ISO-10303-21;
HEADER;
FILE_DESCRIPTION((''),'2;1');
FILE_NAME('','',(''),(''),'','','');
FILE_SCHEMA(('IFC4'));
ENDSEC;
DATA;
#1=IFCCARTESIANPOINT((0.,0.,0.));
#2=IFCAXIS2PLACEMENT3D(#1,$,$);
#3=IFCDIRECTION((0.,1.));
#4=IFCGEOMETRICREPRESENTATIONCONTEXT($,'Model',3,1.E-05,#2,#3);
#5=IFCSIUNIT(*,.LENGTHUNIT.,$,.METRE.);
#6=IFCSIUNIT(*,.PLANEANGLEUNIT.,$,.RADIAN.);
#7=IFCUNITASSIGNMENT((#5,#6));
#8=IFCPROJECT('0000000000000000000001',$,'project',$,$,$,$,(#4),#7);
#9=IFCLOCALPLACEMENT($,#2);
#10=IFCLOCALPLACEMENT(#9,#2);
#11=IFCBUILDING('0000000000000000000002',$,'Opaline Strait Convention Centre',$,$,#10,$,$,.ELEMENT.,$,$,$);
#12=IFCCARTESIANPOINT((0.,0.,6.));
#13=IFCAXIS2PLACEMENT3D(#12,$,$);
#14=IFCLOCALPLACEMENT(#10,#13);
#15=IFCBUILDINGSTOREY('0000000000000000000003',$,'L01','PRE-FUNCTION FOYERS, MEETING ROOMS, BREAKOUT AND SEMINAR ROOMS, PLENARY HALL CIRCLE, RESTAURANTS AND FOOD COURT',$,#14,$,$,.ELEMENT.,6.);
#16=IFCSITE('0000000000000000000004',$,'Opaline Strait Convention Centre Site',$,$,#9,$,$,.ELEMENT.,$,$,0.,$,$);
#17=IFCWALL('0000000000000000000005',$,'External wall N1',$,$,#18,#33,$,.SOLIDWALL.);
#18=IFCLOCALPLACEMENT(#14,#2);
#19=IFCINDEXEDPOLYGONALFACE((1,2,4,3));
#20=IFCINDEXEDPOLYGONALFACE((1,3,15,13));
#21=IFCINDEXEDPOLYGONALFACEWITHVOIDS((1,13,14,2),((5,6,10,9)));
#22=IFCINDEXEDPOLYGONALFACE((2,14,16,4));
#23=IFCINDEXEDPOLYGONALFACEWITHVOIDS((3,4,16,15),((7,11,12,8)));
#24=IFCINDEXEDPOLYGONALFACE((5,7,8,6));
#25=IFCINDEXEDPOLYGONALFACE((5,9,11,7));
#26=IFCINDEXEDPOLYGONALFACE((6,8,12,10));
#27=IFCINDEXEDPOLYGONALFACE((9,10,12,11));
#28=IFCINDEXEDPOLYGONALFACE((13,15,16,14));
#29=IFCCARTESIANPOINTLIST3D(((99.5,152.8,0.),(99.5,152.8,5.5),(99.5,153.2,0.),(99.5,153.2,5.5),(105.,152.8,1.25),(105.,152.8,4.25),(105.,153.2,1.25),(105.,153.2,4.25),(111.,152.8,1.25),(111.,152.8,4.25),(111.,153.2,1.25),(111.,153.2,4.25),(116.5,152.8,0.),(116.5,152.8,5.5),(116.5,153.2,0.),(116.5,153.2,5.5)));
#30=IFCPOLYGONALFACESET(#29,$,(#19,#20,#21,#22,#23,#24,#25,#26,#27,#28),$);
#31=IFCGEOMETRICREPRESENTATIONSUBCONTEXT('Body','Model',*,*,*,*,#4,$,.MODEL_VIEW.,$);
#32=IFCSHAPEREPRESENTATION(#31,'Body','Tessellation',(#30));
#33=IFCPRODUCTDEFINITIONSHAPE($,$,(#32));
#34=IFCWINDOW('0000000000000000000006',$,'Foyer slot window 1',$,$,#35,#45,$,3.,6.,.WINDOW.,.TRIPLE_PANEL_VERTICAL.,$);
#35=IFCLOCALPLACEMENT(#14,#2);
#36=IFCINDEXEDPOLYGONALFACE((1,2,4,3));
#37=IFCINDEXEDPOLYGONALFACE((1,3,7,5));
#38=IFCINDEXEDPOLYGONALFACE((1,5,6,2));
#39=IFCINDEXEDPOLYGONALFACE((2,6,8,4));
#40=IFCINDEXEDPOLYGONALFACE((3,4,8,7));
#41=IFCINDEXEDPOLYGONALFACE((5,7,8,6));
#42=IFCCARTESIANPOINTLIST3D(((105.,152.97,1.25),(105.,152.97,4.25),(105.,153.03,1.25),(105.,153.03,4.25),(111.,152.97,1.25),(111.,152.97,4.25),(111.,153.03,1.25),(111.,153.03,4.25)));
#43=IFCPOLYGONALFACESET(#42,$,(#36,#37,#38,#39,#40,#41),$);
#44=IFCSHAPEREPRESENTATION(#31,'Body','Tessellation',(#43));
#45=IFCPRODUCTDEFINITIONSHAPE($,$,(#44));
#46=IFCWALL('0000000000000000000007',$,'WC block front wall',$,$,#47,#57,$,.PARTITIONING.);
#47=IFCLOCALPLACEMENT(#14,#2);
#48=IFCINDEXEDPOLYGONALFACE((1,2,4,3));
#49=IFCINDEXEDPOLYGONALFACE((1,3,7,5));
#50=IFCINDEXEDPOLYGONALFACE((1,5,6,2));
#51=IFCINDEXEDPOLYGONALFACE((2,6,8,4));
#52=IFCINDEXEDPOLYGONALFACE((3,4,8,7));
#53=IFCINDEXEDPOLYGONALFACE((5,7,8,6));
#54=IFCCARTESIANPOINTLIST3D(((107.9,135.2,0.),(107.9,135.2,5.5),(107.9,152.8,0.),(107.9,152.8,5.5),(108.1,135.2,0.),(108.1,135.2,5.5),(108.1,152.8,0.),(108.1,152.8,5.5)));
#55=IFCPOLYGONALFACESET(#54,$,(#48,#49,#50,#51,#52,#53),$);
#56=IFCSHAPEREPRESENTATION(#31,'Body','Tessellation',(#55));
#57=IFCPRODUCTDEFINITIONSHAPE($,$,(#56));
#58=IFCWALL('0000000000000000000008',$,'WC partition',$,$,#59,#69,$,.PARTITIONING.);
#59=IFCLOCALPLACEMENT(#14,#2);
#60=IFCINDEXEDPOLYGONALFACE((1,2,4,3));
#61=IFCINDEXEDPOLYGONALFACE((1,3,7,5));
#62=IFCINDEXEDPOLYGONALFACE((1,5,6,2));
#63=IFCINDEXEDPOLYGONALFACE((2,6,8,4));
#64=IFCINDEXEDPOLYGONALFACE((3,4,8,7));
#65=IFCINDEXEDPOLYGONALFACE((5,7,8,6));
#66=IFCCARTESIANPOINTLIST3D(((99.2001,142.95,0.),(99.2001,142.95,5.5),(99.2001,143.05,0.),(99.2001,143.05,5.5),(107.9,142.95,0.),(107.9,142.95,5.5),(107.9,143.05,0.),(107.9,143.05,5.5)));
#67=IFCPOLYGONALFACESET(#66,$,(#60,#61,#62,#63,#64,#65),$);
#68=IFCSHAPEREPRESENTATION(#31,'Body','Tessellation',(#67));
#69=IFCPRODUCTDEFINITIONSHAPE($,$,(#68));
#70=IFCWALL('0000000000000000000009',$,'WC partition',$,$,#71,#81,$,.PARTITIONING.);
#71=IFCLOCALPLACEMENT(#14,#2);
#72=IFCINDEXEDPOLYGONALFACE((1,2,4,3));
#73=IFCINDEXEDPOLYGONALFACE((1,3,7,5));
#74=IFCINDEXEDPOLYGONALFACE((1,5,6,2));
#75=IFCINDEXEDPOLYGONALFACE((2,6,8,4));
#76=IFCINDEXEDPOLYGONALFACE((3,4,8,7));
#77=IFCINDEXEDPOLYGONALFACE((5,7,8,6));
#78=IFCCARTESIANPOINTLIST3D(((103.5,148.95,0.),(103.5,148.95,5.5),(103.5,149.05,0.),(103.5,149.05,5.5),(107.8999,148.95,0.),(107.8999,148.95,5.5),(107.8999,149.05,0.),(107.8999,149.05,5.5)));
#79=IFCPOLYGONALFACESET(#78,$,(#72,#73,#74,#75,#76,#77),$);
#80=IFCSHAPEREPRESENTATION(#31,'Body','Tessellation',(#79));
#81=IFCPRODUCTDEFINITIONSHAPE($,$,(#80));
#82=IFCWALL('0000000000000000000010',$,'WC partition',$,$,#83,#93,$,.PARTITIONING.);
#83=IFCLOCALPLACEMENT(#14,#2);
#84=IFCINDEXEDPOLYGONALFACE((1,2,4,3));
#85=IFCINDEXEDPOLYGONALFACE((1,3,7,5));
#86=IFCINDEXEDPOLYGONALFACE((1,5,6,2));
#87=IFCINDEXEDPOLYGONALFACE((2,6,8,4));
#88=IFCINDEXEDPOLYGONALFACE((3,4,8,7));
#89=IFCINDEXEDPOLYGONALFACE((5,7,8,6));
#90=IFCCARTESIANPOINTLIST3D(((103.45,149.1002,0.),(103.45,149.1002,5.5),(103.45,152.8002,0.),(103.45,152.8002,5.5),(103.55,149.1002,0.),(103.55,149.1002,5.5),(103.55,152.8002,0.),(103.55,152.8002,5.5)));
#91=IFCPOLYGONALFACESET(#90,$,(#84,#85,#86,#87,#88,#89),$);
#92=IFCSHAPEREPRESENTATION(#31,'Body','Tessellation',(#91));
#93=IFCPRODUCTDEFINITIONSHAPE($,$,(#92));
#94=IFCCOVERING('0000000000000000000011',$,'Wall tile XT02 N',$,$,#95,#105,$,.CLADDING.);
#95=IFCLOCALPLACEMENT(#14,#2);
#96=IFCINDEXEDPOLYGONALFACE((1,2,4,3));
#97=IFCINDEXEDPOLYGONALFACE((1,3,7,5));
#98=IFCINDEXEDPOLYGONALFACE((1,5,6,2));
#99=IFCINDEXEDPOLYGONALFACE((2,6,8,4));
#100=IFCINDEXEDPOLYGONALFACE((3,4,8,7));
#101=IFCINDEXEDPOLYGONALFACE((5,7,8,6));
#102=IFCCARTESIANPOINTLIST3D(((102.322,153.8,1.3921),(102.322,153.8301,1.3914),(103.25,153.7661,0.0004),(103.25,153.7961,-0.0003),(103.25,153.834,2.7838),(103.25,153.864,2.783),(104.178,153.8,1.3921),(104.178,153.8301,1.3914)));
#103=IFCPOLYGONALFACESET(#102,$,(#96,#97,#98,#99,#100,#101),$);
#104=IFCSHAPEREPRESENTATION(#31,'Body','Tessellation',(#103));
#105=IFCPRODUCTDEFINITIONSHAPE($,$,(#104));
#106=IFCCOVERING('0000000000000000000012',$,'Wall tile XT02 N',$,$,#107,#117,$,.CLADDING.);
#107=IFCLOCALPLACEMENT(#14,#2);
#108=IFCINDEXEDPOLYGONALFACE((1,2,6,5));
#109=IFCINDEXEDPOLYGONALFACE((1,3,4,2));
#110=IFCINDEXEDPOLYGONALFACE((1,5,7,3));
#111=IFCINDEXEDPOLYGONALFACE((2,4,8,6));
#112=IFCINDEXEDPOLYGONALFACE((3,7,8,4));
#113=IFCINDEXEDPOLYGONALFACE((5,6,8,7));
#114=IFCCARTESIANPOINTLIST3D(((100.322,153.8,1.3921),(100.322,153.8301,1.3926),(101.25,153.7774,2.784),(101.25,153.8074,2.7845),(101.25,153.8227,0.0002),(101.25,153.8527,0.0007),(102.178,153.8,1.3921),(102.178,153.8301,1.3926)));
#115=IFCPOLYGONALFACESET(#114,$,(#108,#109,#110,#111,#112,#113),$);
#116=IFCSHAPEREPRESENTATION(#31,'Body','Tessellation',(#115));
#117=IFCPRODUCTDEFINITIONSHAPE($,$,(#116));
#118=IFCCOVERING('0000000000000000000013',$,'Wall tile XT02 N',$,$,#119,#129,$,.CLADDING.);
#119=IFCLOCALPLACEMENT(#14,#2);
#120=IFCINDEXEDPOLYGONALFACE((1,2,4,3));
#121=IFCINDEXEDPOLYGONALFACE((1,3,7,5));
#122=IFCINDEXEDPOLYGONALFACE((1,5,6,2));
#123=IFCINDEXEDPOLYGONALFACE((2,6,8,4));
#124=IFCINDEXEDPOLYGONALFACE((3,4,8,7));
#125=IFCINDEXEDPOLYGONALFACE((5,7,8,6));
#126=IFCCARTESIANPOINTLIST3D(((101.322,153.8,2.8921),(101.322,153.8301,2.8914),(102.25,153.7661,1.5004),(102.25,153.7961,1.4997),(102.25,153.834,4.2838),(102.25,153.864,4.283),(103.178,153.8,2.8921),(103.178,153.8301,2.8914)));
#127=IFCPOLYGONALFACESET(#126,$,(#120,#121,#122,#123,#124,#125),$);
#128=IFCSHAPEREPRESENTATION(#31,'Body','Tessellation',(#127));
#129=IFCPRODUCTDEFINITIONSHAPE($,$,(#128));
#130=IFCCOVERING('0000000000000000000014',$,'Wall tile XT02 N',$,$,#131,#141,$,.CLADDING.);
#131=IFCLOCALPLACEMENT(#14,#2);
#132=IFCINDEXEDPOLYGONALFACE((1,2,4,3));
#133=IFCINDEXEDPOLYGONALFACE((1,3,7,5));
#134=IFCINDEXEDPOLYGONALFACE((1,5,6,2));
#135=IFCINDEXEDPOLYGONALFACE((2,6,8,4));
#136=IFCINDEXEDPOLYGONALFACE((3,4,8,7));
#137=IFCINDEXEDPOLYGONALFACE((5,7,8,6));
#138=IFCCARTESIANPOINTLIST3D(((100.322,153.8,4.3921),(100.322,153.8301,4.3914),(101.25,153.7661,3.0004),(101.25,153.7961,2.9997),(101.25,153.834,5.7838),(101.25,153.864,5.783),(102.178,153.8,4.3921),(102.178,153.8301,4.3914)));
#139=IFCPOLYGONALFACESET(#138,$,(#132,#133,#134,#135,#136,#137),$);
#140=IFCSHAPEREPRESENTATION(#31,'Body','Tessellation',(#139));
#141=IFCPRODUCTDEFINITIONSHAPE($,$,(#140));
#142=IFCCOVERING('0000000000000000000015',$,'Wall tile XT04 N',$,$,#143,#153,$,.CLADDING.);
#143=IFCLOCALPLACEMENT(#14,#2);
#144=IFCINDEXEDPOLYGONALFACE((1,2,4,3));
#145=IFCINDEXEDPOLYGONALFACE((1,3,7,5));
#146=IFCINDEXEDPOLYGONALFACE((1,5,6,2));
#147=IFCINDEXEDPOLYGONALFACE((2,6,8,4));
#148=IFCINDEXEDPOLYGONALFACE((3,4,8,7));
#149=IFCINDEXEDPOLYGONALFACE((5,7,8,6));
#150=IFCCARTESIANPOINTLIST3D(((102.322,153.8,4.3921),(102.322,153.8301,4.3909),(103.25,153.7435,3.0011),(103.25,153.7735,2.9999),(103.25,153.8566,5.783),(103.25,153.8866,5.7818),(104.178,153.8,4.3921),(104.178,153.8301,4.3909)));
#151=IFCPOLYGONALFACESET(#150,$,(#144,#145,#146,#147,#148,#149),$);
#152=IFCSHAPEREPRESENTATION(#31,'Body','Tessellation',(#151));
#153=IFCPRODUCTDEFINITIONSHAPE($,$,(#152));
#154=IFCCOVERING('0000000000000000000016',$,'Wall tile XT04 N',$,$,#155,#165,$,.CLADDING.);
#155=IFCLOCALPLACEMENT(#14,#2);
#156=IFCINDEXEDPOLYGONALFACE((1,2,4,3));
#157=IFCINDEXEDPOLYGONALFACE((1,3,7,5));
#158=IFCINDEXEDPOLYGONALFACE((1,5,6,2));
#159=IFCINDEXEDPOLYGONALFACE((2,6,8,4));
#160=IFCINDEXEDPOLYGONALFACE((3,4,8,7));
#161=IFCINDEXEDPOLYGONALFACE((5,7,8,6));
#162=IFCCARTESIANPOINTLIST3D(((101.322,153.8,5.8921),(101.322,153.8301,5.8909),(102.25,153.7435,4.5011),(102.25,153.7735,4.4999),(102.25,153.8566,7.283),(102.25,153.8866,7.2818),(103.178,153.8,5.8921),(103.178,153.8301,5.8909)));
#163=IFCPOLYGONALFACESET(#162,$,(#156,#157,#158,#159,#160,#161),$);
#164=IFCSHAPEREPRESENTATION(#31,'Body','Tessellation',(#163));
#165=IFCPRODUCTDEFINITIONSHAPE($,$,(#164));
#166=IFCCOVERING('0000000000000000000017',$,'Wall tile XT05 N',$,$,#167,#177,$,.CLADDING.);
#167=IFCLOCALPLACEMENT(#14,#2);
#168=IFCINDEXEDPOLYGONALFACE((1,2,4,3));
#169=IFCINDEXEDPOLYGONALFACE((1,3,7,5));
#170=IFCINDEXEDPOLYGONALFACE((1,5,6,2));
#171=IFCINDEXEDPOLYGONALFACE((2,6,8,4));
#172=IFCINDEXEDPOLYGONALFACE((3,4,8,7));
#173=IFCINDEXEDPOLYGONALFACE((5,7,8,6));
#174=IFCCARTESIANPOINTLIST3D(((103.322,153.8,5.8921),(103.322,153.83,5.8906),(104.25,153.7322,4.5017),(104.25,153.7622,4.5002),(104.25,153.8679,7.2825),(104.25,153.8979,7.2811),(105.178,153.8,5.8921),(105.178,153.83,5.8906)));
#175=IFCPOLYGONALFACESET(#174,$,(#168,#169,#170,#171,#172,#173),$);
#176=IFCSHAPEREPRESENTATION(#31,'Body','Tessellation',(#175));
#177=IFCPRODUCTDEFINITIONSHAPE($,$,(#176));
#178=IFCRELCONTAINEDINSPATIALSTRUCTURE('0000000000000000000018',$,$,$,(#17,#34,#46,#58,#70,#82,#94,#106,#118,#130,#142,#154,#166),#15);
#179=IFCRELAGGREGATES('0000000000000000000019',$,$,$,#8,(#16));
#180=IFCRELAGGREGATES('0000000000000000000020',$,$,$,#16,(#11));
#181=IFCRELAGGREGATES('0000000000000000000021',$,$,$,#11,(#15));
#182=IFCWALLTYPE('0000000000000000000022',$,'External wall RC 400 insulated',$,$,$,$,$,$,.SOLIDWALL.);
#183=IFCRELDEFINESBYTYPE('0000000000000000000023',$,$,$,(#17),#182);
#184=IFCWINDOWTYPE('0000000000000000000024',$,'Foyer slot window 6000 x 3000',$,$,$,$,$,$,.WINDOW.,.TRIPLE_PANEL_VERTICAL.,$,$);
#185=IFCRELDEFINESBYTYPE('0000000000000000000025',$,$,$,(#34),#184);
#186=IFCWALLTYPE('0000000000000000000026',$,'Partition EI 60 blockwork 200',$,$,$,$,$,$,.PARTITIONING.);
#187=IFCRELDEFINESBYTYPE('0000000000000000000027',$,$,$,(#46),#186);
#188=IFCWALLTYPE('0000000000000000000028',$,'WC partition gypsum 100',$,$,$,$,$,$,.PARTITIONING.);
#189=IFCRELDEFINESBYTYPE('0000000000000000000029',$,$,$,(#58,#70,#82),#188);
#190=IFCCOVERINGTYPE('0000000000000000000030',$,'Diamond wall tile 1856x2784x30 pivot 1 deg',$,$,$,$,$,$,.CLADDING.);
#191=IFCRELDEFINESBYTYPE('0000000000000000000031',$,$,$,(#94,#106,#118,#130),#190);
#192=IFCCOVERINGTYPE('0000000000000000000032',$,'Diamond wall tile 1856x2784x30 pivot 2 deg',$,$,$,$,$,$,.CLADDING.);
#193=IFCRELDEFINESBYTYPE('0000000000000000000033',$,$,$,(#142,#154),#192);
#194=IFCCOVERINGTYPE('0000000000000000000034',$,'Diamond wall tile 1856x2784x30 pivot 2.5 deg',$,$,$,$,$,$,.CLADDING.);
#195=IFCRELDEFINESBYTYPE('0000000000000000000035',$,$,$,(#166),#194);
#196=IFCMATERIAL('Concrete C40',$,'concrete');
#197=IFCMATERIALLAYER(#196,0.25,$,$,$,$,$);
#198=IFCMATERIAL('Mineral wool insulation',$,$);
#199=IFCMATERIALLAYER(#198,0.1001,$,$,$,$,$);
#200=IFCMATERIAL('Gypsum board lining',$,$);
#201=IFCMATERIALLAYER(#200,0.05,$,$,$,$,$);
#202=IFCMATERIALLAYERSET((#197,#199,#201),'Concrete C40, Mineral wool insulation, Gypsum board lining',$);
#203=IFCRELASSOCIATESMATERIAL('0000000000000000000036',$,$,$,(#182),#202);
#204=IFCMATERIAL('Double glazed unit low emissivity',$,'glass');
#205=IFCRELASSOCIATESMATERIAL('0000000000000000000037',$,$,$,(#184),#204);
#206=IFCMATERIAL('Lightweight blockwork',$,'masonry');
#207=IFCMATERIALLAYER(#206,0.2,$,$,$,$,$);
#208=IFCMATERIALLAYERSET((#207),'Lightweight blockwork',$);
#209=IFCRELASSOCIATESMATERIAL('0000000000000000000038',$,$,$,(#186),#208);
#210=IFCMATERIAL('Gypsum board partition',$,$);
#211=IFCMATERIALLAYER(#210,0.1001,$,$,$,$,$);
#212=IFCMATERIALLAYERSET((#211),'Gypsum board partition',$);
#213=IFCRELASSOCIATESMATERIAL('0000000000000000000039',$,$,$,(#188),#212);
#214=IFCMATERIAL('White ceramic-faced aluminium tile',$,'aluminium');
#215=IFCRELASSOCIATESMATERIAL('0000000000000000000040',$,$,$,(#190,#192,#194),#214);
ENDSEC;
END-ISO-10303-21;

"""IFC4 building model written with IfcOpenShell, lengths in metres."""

from ifc_helpers import new_model, si_unit, direction, frame, frame_2d, origin, place, context, subcontext, project, spatial, polyline, rectangle, outline, extrude, material, layer, layer_set, material_profile, profile_set, type_object, element, fill, save


model = new_model("IFC4")

# Units and contexts
model_context = context("Model", 3, precision=1e-05, world=origin(), true_north=direction((0.0, 1.0)))
body_context = subcontext(model_context, "Body", "Model", "MODEL_VIEW")
ifc_project = project(units=[si_unit("LENGTHUNIT", "METRE"), si_unit("PLANEANGLEUNIT", "RADIAN")], contexts=[model_context])

# Site, building, storey
site_placement = place(None, origin())
site = spatial("IfcSite", under=ifc_project, at=site_placement, Name="Opaline Strait Convention Centre Site", CompositionType="ELEMENT", RefElevation=0.0)
building_placement = place(site_placement, origin())
building = spatial("IfcBuilding", under=site, at=building_placement, Name="Opaline Strait Convention Centre", CompositionType="ELEMENT")
storey_placement = place(building_placement, frame((0.0, 0.0, 6.0)))
storey = spatial("IfcBuildingStorey", under=building, at=storey_placement, Name="L01", Description="PRE-FUNCTION FOYERS, MEETING ROOMS, BREAKOUT AND SEMINAR ROOMS, PLENARY HALL CIRCLE, RESTAURANTS AND FOOD COURT", CompositionType="ELEMENT", Elevation=6.0)

# Wall, opening, window
ifc_material_1 = material(Name="Concrete C40", Category="concrete")
ifc_layer_1 = layer(ifc_material_1, 0.25)
ifc_material_2 = material(Name="Mineral wool insulation")
ifc_layer_2 = layer(ifc_material_2, 0.1001)
ifc_material_3 = material(Name="Gypsum board lining")
ifc_layer_3 = layer(ifc_material_3, 0.05)
ifc_layer_set_1 = layer_set([ifc_layer_1, ifc_layer_2, ifc_layer_3], Name="Concrete C40, Mineral wool insulation, Gypsum board lining")
wall_type_1 = type_object("IfcWallType", Name="External wall RC 400 insulated", PredefinedType="SOLIDWALL", material=ifc_layer_set_1)
wall_1_placement = place(storey_placement, frame((99.5, 153.0, 0.0), z_axis=(0.0, 0.0, 1.0), x_axis=(1.0, 0.0, 0.0)))
wall_1 = element("IfcWall", 1, at=wall_1_placement, inside=storey, type_object=wall_type_1, Name="External wall N1", PredefinedType="SOLIDWALL", context=body_context, shape_type="SweptSolid", body=[
    extrude(rectangle(XDim=17.0, YDim=0.3999, at=frame_2d((8.5, 0.0))), origin(), (0.0, 0.0, 1.0), 5.5),
])
opening_placement = place(wall_1_placement, frame((5.5, 0.0, 1.25)))
opening = element("IfcOpeningElement", 2, at=opening_placement, cuts=wall_1, PredefinedType="OPENING", context=body_context, shape_type="SweptSolid", body=[
    extrude(rectangle(XDim=6.0, YDim=3.0, at=frame_2d((3.0, 1.5))), frame((0.0, 0.21, 0.0), z_axis=(0.0, -1.0, 0.0), x_axis=(1.0, 0.0, 0.0)), (0.0, 0.0, 1.0), 0.4199),
])
ifc_material_4 = material(Name="Double glazed unit low emissivity", Category="glass")
window_type = type_object("IfcWindowType", Name="Foyer slot window 6000 x 3000", PartitioningType="TRIPLE_PANEL_VERTICAL", PredefinedType="WINDOW", material=ifc_material_4)
window_placement = place(opening_placement, origin())
window = element("IfcWindow", 3, at=window_placement, inside=storey, type_object=window_type, Name="Foyer slot window 1", OverallHeight=3.0, OverallWidth=6.0, PartitioningType="TRIPLE_PANEL_VERTICAL", PredefinedType="WINDOW", context=body_context, shape_type="SweptSolid", body=[
    extrude(rectangle(XDim=6.0, YDim=3.0, at=frame_2d((3.0, 1.5))), frame((0.0, 0.03, 0.0), z_axis=(0.0, -1.0, 0.0), x_axis=(1.0, 0.0, 0.0)), (0.0, 0.0, 1.0), 0.0601),
])
fill(opening, window)

# Walls
ifc_material_5 = material(Name="Lightweight blockwork", Category="masonry")
ifc_layer_4 = layer(ifc_material_5, 0.2)
ifc_layer_set_2 = layer_set([ifc_layer_4], Name="Lightweight blockwork")
wall_type_2 = type_object("IfcWallType", Name="Partition EI 60 blockwork 200", PredefinedType="PARTITIONING", material=ifc_layer_set_2)
wall_2_placement = place(storey_placement, frame((108.0, 135.2, 0.0), z_axis=(0.0, 0.0, 1.0), x_axis=(0.0, 1.0, 0.0)))
element("IfcWall", 4, at=wall_2_placement, inside=storey, type_object=wall_type_2, Name="WC block front wall", PredefinedType="PARTITIONING", context=body_context, shape_type="SweptSolid", body=[
    extrude(rectangle(XDim=17.6001, YDim=0.2, at=frame_2d((8.8, 0.0))), origin(), (0.0, 0.0, 1.0), 5.5),
])
ifc_material_6 = material(Name="Gypsum board partition")
ifc_layer_5 = layer(ifc_material_6, 0.1001)
ifc_layer_set_3 = layer_set([ifc_layer_5], Name="Gypsum board partition")
wall_type_3 = type_object("IfcWallType", Name="WC partition gypsum 100", PredefinedType="PARTITIONING", material=ifc_layer_set_3)
wall_3_placement = place(storey_placement, frame((99.2, 143.0, 0.0), z_axis=(0.0, 0.0, 1.0), x_axis=(1.0, 0.0, 0.0)))
element("IfcWall", 5, at=wall_3_placement, inside=storey, type_object=wall_type_3, Name="WC partition", PredefinedType="PARTITIONING", context=body_context, shape_type="SweptSolid", body=[
    extrude(rectangle(XDim=8.7, YDim=0.1001, at=frame_2d((4.3501, 0.0))), origin(), (0.0, 0.0, 1.0), 5.5),
])
wall_4_placement = place(storey_placement, frame((103.5, 149.0, 0.0), z_axis=(0.0, 0.0, 1.0), x_axis=(1.0, 0.0, 0.0)))
element("IfcWall", 6, at=wall_4_placement, inside=storey, type_object=wall_type_3, Name="WC partition", PredefinedType="PARTITIONING", context=body_context, shape_type="SweptSolid", body=[
    extrude(rectangle(XDim=4.3999, YDim=0.1001, at=frame_2d((2.2, 0.0))), origin(), (0.0, 0.0, 1.0), 5.5),
])
wall_5_placement = place(storey_placement, frame((103.5, 149.1001, 0.0), z_axis=(0.0, 0.0, 1.0), x_axis=(0.0, 1.0, 0.0)))
element("IfcWall", 7, at=wall_5_placement, inside=storey, type_object=wall_type_3, Name="WC partition", PredefinedType="PARTITIONING", context=body_context, shape_type="SweptSolid", body=[
    extrude(rectangle(XDim=3.7, YDim=0.1001, at=frame_2d((1.8501, 0.0))), origin(), (0.0, 0.0, 1.0), 5.5),
])

# Coverings
ifc_material_7 = material(Name="White ceramic-faced aluminium tile", Category="aluminium")
ifc_material_profile_1 = material_profile(ifc_material_7, outline(polyline([(0.928, 0.0), (0.0, 1.3921), (-0.928, 0.0), (0.0, -1.3921), (0.928, 0.0)])), Name="Diamond tile 1856x2784")
ifc_profile_set_1 = profile_set([ifc_material_profile_1], Name="White ceramic-faced aluminium tile")
covering_type_1 = type_object("IfcCoveringType", Name="Diamond wall tile 1856x2784x30 pivot 1 deg", PredefinedType="CLADDING", material=ifc_profile_set_1)
for number, where, z_axis, x_axis, name in (
    (8, (103.25, 153.8, 1.3921), (0.0, 0.999703, -0.024383), (-1.0, 0.0, 0.0), "Wall tile XT02 N"),
    (9, (101.25, 153.8, 1.3921), (0.0, 0.999868, 0.016258), (-1.0, 0.0, 0.0), "Wall tile XT02 N"),
    (10, (102.25, 153.8, 2.8921), (0.0, 0.999703, -0.024383), (-1.0, 0.0, 0.0), "Wall tile XT02 N"),
    (11, (101.25, 153.8, 4.3921), (0.0, 0.999703, -0.024383), (-1.0, 0.0, 0.0), "Wall tile XT02 N"),
):
    element("IfcCovering", number, at=place(storey_placement, frame(where, z_axis=z_axis, x_axis=x_axis)), inside=storey, type_object=covering_type_1, Name=name, PredefinedType="CLADDING", context=body_context, shape_type="SweptSolid", body=[
        extrude(outline(polyline([(0.928, 0.0), (0.0, 1.3921), (-0.928, 0.0), (0.0, -1.3921), (0.928, 0.0)])), origin(), (0.0, 0.0, 1.0), 0.03),
    ])
ifc_material_profile_2 = material_profile(ifc_material_7, outline(polyline([(0.928, 0.0), (0.0, 1.3921), (-0.928, 0.0), (0.0, -1.3921), (0.928, 0.0)])), Name="Diamond tile 1856x2784")
ifc_profile_set_2 = profile_set([ifc_material_profile_2], Name="White ceramic-faced aluminium tile")
covering_type_2 = type_object("IfcCoveringType", Name="Diamond wall tile 1856x2784x30 pivot 2 deg", PredefinedType="CLADDING", material=ifc_profile_set_2)
for number, where, z_axis, x_axis, name in (
    (12, (103.25, 153.8, 4.3921), (0.0, 0.999175, -0.040617), (-1.0, 0.0, 0.0), "Wall tile XT04 N"),
    (13, (102.25, 153.8, 5.8921), (0.0, 0.999175, -0.040617), (-1.0, 0.0, 0.0), "Wall tile XT04 N"),
):
    element("IfcCovering", number, at=place(storey_placement, frame(where, z_axis=z_axis, x_axis=x_axis)), inside=storey, type_object=covering_type_2, Name=name, PredefinedType="CLADDING", context=body_context, shape_type="SweptSolid", body=[
        extrude(outline(polyline([(0.928, 0.0), (0.0, 1.3921), (-0.928, 0.0), (0.0, -1.3921), (0.928, 0.0)])), origin(), (0.0, 0.0, 1.0), 0.03),
    ])
ifc_material_profile_3 = material_profile(ifc_material_7, outline(polyline([(0.928, 0.0), (0.0, 1.3921), (-0.928, 0.0), (0.0, -1.3921), (0.928, 0.0)])), Name="Diamond tile 1856x2784")
ifc_profile_set_3 = profile_set([ifc_material_profile_3], Name="White ceramic-faced aluminium tile")
covering_type_3 = type_object("IfcCoveringType", Name="Diamond wall tile 1856x2784x30 pivot 2.5 deg", PredefinedType="CLADDING", material=ifc_profile_set_3)
covering_1_placement = place(storey_placement, frame((104.25, 153.8, 5.8921), z_axis=(0.0, 0.998812, -0.048723), x_axis=(-1.0, 0.0, 0.0)))
element("IfcCovering", 14, at=covering_1_placement, inside=storey, type_object=covering_type_3, Name="Wall tile XT05 N", PredefinedType="CLADDING", context=body_context, shape_type="SweptSolid", body=[
    extrude(outline(polyline([(0.928, 0.0), (0.0, 1.3921), (-0.928, 0.0), (0.0, -1.3921), (0.928, 0.0)])), origin(), (0.0, 0.0, 1.0), 0.03),
])

save(model, "model.ifc")
